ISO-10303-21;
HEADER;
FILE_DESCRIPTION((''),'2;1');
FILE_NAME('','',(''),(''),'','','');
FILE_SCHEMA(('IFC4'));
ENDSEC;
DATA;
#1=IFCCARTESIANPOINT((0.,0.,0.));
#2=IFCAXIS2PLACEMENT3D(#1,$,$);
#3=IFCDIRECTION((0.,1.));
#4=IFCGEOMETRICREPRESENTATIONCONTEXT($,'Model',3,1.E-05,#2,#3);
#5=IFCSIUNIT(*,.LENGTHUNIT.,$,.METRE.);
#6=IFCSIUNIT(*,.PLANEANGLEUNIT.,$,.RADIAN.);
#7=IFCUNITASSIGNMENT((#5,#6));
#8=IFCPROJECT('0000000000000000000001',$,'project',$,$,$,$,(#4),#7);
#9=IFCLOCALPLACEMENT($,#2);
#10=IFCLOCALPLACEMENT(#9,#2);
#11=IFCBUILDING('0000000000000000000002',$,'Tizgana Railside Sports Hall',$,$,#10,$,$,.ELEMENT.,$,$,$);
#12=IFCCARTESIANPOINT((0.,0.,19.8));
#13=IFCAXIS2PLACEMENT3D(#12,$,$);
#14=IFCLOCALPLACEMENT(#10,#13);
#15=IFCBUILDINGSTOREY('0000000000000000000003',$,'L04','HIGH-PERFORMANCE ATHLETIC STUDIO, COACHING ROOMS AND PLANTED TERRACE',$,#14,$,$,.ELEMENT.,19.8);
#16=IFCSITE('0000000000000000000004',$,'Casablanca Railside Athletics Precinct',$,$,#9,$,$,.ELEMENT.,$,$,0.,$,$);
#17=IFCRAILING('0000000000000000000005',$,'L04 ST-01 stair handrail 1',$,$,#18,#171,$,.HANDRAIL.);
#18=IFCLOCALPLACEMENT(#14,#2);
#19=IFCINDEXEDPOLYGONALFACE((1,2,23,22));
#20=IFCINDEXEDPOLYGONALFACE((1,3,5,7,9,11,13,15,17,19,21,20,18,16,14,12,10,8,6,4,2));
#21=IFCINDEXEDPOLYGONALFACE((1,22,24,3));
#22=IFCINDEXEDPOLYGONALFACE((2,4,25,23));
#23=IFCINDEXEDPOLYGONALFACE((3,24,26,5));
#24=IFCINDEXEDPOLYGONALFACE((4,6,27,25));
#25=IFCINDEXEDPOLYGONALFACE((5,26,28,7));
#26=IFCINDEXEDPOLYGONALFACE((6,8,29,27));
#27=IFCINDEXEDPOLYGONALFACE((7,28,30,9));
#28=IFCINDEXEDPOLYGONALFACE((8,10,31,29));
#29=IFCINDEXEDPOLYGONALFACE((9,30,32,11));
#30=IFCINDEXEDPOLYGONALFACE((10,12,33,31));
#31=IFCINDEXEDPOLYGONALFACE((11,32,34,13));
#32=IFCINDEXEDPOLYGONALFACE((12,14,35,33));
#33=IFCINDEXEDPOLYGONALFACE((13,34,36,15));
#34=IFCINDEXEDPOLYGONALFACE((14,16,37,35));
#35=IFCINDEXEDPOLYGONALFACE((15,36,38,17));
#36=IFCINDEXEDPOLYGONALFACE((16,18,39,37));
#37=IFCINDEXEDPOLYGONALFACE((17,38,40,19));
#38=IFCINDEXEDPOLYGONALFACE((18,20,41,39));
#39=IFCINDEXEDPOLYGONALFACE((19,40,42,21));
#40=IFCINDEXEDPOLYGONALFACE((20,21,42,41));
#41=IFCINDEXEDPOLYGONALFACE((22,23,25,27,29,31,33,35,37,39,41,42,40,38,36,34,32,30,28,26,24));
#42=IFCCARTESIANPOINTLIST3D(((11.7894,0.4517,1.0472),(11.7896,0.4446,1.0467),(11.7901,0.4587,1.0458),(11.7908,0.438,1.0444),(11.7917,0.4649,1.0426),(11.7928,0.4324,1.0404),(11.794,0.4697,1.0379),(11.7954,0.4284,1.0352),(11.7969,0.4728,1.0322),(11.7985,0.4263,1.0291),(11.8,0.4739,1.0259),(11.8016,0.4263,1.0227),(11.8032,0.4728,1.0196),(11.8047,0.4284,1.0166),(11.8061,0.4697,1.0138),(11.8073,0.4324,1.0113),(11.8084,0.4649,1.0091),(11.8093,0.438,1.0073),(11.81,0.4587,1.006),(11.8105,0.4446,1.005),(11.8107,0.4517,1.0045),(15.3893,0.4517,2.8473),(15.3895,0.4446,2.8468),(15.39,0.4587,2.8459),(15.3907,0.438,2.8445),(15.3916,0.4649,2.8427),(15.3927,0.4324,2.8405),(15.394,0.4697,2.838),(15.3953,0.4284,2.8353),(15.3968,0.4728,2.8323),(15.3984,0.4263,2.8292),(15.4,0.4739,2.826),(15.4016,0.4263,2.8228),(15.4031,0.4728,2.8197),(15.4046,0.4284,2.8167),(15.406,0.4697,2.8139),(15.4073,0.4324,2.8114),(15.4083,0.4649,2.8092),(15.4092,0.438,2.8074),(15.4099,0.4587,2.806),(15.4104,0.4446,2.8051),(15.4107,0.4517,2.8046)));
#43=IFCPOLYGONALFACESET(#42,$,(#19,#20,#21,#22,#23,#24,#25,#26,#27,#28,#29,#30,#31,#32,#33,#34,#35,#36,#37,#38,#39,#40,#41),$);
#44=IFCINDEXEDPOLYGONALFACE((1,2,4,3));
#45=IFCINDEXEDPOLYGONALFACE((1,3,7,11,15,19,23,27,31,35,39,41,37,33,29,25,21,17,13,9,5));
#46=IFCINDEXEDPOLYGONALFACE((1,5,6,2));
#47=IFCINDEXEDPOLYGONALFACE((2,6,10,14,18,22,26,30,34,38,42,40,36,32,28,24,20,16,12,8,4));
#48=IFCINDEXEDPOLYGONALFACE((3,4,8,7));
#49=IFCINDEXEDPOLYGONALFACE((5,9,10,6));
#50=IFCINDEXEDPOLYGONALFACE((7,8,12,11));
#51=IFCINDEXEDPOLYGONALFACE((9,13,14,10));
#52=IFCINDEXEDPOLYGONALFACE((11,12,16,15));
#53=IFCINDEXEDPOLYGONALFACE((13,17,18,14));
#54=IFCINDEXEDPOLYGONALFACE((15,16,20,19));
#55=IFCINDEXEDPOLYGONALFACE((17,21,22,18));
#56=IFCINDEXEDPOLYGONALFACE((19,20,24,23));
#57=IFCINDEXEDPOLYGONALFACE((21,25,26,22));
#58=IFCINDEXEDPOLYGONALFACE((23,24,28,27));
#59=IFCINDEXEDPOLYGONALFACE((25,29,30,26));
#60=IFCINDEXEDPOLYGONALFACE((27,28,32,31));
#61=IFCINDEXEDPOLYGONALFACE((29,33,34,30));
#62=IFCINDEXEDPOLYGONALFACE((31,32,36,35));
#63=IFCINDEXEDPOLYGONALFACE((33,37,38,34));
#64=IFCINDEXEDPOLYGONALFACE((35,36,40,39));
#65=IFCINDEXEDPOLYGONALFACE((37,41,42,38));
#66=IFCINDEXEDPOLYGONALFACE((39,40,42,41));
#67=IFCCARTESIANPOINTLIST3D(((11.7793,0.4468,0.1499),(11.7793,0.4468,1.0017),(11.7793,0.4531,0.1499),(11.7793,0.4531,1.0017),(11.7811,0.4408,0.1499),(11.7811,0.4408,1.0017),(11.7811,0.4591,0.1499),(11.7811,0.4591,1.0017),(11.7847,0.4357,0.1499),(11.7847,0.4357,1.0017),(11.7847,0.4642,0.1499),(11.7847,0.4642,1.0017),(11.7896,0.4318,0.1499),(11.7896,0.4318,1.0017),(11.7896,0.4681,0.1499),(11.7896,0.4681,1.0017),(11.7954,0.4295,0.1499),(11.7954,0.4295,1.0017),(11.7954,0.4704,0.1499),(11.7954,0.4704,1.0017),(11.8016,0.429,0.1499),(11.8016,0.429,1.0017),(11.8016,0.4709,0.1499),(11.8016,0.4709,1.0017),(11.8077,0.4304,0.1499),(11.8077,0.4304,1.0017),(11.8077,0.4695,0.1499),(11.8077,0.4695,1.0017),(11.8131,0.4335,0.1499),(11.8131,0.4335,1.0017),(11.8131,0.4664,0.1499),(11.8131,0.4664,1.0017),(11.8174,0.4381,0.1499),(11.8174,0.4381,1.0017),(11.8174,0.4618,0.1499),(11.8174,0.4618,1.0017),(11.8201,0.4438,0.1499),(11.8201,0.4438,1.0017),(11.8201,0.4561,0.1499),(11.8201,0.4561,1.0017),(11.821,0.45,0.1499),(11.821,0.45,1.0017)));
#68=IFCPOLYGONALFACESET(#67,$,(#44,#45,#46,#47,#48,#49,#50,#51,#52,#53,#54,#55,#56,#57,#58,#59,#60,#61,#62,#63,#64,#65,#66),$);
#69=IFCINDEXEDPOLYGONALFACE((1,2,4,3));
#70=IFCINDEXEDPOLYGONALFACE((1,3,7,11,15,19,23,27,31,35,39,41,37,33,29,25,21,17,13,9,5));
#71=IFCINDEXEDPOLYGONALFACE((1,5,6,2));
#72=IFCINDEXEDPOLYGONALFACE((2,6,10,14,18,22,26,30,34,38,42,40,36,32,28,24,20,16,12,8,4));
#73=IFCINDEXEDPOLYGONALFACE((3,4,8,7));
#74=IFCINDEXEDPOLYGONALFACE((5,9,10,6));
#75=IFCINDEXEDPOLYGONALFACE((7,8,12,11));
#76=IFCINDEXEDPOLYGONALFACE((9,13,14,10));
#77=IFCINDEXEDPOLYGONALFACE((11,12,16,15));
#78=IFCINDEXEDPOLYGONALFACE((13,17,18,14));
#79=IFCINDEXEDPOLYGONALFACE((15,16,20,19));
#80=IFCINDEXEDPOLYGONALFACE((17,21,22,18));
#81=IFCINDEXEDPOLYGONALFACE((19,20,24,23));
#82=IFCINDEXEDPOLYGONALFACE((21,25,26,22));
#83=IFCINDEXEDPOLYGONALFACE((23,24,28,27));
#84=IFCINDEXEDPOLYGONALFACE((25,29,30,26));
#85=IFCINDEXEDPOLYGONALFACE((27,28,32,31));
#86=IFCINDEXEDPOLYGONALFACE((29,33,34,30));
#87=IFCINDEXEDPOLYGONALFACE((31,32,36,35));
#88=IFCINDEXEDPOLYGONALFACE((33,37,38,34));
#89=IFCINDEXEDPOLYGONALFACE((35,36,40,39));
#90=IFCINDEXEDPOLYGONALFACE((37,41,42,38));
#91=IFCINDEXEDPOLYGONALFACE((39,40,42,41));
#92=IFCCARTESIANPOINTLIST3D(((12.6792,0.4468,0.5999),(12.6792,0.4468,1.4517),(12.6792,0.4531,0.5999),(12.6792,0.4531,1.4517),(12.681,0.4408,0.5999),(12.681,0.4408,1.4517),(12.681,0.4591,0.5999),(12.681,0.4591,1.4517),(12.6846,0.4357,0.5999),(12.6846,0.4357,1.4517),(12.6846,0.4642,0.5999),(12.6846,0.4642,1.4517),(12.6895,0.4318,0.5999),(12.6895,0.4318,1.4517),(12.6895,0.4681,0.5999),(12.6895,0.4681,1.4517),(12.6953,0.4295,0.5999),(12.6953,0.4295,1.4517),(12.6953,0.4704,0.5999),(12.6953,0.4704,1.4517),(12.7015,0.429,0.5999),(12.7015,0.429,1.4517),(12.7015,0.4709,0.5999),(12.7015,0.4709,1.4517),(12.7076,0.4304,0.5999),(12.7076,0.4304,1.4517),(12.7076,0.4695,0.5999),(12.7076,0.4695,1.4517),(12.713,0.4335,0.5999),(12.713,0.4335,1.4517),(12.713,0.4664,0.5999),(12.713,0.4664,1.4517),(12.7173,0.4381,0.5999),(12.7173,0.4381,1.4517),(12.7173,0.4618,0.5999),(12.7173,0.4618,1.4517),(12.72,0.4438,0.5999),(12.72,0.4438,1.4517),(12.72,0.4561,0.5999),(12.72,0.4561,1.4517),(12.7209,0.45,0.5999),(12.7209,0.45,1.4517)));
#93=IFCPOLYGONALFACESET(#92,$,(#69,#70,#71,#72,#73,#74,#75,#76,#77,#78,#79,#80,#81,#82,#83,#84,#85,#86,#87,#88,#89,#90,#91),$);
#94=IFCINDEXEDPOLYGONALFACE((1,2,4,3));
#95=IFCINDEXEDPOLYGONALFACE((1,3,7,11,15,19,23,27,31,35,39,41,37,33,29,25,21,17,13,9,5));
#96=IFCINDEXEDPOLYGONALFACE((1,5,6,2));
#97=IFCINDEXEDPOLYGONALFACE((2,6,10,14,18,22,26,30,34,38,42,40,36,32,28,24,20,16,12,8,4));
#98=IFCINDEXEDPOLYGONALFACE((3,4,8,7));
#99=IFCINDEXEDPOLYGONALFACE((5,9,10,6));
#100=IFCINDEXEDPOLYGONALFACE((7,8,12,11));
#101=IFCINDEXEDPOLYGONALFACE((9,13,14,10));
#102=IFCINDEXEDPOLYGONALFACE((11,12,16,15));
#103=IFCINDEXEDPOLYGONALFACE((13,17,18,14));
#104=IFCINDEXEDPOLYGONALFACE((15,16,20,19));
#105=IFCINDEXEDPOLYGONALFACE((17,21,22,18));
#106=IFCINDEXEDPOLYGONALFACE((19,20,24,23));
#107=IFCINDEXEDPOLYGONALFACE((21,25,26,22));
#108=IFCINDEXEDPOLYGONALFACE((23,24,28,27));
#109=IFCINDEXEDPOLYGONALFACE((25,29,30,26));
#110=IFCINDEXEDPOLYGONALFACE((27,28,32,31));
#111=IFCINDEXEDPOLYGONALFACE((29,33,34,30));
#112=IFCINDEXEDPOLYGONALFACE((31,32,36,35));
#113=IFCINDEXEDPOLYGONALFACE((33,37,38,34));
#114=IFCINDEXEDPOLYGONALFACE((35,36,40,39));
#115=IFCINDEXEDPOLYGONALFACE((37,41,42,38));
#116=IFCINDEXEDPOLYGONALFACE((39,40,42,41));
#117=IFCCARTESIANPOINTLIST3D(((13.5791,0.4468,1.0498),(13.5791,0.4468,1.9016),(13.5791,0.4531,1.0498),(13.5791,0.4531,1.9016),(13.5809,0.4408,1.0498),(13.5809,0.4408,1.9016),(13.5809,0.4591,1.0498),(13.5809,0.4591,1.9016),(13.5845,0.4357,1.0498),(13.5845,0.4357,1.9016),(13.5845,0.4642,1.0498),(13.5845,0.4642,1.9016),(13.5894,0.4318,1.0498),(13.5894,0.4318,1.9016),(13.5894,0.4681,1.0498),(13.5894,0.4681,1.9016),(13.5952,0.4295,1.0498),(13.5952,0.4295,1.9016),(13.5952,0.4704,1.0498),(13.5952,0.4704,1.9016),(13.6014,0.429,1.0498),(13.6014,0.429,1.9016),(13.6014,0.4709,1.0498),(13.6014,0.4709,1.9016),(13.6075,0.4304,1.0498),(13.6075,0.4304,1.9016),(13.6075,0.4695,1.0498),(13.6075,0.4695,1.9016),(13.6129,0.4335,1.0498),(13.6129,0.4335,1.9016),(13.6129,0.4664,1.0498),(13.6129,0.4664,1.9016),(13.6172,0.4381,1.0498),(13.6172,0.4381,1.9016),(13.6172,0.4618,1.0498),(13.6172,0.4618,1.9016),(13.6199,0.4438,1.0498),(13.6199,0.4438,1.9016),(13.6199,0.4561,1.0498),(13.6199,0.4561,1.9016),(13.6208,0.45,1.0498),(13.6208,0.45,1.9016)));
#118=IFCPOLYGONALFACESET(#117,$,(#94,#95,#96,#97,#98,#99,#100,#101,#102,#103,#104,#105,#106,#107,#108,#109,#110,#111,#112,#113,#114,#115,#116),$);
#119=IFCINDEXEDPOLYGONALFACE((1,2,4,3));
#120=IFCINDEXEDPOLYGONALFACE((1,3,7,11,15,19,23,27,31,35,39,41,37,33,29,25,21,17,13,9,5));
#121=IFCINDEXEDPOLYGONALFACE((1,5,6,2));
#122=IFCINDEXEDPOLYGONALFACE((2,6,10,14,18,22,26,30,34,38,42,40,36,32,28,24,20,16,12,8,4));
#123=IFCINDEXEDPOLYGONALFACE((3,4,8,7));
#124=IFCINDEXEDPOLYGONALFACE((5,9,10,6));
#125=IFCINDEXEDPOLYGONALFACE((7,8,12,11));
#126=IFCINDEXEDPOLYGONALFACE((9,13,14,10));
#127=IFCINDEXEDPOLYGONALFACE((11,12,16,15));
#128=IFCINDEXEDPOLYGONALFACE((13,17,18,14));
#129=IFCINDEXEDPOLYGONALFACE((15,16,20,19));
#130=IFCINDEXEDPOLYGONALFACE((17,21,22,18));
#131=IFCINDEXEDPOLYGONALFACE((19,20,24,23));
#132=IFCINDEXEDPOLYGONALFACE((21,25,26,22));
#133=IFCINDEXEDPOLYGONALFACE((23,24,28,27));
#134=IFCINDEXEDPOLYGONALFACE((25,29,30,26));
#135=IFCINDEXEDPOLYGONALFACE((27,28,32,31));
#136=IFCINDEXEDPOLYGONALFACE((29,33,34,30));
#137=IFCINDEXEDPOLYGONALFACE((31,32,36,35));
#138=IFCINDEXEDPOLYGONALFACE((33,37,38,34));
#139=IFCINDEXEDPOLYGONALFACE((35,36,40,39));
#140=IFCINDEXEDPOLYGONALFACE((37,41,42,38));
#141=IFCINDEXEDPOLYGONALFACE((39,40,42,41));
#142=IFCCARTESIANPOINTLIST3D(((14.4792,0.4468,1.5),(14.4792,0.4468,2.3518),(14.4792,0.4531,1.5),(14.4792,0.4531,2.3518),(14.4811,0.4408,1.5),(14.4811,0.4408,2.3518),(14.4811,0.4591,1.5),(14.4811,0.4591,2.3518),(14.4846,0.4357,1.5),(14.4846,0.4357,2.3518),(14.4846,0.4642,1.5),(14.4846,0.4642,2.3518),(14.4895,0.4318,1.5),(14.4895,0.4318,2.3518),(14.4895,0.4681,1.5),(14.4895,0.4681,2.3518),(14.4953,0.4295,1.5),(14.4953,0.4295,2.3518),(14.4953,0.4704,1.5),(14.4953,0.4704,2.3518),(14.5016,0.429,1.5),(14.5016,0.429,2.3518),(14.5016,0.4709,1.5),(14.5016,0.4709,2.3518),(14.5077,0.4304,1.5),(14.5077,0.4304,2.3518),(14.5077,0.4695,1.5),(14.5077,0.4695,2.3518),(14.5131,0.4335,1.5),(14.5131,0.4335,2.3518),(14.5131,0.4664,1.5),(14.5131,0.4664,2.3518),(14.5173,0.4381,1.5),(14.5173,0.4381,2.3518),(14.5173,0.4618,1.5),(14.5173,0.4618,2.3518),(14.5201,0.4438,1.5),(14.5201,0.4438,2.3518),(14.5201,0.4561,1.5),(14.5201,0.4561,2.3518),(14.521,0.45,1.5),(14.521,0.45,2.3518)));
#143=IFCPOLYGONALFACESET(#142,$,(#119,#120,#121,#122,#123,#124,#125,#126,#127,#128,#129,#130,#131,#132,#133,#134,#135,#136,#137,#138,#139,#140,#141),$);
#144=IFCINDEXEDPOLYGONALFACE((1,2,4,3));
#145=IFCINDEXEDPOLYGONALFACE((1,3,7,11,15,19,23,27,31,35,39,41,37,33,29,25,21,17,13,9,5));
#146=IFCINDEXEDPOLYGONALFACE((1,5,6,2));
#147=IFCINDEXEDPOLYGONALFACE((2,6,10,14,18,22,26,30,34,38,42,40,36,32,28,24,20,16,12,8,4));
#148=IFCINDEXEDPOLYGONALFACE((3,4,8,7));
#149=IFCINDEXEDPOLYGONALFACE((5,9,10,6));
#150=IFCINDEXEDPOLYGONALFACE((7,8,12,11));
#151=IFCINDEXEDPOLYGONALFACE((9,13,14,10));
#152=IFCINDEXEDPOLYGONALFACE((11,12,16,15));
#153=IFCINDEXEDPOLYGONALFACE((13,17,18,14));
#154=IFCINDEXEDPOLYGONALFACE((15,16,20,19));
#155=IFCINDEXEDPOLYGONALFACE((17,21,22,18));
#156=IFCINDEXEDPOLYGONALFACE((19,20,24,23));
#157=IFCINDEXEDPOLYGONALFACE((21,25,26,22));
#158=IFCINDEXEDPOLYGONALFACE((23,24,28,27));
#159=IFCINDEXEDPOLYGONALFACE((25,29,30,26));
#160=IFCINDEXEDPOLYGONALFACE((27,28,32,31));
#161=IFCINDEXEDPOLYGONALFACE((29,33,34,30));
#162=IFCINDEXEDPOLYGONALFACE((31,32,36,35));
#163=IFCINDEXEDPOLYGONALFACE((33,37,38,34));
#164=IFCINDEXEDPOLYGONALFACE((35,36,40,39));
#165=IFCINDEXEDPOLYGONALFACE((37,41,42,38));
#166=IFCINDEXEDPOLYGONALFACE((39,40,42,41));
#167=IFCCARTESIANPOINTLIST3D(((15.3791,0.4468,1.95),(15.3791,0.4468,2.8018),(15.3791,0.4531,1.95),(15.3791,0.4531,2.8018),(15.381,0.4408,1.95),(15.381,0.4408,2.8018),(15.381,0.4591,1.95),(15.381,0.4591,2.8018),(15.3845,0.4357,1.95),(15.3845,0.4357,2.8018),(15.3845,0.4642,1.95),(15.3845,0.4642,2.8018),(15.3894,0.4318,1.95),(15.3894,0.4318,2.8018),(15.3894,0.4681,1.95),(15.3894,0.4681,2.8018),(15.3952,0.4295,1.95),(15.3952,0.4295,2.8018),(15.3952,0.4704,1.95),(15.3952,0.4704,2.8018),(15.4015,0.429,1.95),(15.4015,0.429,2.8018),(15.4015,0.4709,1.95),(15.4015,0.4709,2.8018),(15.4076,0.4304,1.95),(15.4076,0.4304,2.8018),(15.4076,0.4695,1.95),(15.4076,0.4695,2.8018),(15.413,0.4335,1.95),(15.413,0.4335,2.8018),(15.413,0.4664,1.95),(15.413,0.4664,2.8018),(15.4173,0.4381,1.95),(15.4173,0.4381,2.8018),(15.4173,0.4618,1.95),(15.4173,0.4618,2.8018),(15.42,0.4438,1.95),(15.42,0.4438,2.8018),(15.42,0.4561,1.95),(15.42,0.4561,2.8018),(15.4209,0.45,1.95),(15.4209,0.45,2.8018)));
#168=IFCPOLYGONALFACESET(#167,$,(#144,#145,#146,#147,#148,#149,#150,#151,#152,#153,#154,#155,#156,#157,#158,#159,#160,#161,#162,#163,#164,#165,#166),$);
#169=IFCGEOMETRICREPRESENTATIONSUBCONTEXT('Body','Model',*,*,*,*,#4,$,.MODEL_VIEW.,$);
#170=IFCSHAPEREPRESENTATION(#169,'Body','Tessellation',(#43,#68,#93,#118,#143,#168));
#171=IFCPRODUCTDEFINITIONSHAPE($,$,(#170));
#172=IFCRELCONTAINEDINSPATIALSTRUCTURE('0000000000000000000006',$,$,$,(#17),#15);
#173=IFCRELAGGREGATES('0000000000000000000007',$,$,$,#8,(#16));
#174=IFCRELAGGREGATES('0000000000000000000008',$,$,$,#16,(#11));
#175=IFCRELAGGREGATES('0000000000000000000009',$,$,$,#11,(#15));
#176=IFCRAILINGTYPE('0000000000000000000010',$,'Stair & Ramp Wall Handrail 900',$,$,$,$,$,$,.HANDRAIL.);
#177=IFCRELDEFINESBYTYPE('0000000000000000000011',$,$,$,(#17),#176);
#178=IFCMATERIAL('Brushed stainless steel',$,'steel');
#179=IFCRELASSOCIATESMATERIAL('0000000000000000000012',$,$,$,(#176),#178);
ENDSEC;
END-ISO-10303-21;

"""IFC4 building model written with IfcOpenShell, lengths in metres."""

from ifc_helpers import new_model, si_unit, direction, frame, origin, origin_2d, place, context, subcontext, project, spatial, circle, extrude, material, type_object, element, save


model = new_model("IFC4")

# Units and contexts
model_context = context("Model", 3, precision=1e-05, world=origin(), true_north=direction((0.0, 1.0)))
body_context = subcontext(model_context, "Body", "Model", "MODEL_VIEW")
ifc_project = project(units=[si_unit("LENGTHUNIT", "METRE"), si_unit("PLANEANGLEUNIT", "RADIAN")], contexts=[model_context])

# Site, building, storey
site_placement = place(None, origin())
site = spatial("IfcSite", under=ifc_project, at=site_placement, Name="Casablanca Railside Athletics Precinct", CompositionType="ELEMENT", RefElevation=0.0)
building_placement = place(site_placement, origin())
building = spatial("IfcBuilding", under=site, at=building_placement, Name="Tizgana Railside Sports Hall", CompositionType="ELEMENT")
storey_placement = place(building_placement, frame((0.0, 0.0, 19.8)))
storey = spatial("IfcBuildingStorey", under=building, at=storey_placement, Name="L04", Description="HIGH-PERFORMANCE ATHLETIC STUDIO, COACHING ROOMS AND PLANTED TERRACE", CompositionType="ELEMENT", Elevation=19.8)

# Railing
ifc_material_1 = material(Name="Brushed stainless steel", Category="steel")
railing_type_1 = type_object("IfcRailingType", Name="Stair & Ramp Wall Handrail 900", PredefinedType="HANDRAIL", material=ifc_material_1)
railing_1_placement = place(storey_placement, frame((11.8, 0.45, 0.1499)))
element("IfcRailing", 1, at=railing_1_placement, inside=storey, type_object=railing_type_1, Name="L04 ST-01 stair handrail 1", PredefinedType="HANDRAIL", context=body_context, shape_type="SweptSolid", body=[
    extrude(circle(Radius=0.0239, at=origin_2d()), frame((0.0, 0.0, 0.876), z_axis=(0.894415, 0.0, 0.447238), x_axis=(0.0, 1.0, 0.0)), (0.0, 0.0, 1.0), 4.0249),
    extrude(circle(Radius=0.021, at=origin_2d()), origin(), (0.0, 0.0, 1.0), 0.8518),
    extrude(circle(Radius=0.021, at=origin_2d()), frame((0.8999, 0.0, 0.45)), (0.0, 0.0, 1.0), 0.8518),
    extrude(circle(Radius=0.021, at=origin_2d()), frame((1.7998, 0.0, 0.8999)), (0.0, 0.0, 1.0), 0.8518),
    extrude(circle(Radius=0.021, at=origin_2d()), frame((2.7, 0.0, 1.3501)), (0.0, 0.0, 1.0), 0.8518),
    extrude(circle(Radius=0.021, at=origin_2d()), frame((3.5999, 0.0, 1.8)), (0.0, 0.0, 1.0), 0.8518),
])

save(model, "model.ifc")
